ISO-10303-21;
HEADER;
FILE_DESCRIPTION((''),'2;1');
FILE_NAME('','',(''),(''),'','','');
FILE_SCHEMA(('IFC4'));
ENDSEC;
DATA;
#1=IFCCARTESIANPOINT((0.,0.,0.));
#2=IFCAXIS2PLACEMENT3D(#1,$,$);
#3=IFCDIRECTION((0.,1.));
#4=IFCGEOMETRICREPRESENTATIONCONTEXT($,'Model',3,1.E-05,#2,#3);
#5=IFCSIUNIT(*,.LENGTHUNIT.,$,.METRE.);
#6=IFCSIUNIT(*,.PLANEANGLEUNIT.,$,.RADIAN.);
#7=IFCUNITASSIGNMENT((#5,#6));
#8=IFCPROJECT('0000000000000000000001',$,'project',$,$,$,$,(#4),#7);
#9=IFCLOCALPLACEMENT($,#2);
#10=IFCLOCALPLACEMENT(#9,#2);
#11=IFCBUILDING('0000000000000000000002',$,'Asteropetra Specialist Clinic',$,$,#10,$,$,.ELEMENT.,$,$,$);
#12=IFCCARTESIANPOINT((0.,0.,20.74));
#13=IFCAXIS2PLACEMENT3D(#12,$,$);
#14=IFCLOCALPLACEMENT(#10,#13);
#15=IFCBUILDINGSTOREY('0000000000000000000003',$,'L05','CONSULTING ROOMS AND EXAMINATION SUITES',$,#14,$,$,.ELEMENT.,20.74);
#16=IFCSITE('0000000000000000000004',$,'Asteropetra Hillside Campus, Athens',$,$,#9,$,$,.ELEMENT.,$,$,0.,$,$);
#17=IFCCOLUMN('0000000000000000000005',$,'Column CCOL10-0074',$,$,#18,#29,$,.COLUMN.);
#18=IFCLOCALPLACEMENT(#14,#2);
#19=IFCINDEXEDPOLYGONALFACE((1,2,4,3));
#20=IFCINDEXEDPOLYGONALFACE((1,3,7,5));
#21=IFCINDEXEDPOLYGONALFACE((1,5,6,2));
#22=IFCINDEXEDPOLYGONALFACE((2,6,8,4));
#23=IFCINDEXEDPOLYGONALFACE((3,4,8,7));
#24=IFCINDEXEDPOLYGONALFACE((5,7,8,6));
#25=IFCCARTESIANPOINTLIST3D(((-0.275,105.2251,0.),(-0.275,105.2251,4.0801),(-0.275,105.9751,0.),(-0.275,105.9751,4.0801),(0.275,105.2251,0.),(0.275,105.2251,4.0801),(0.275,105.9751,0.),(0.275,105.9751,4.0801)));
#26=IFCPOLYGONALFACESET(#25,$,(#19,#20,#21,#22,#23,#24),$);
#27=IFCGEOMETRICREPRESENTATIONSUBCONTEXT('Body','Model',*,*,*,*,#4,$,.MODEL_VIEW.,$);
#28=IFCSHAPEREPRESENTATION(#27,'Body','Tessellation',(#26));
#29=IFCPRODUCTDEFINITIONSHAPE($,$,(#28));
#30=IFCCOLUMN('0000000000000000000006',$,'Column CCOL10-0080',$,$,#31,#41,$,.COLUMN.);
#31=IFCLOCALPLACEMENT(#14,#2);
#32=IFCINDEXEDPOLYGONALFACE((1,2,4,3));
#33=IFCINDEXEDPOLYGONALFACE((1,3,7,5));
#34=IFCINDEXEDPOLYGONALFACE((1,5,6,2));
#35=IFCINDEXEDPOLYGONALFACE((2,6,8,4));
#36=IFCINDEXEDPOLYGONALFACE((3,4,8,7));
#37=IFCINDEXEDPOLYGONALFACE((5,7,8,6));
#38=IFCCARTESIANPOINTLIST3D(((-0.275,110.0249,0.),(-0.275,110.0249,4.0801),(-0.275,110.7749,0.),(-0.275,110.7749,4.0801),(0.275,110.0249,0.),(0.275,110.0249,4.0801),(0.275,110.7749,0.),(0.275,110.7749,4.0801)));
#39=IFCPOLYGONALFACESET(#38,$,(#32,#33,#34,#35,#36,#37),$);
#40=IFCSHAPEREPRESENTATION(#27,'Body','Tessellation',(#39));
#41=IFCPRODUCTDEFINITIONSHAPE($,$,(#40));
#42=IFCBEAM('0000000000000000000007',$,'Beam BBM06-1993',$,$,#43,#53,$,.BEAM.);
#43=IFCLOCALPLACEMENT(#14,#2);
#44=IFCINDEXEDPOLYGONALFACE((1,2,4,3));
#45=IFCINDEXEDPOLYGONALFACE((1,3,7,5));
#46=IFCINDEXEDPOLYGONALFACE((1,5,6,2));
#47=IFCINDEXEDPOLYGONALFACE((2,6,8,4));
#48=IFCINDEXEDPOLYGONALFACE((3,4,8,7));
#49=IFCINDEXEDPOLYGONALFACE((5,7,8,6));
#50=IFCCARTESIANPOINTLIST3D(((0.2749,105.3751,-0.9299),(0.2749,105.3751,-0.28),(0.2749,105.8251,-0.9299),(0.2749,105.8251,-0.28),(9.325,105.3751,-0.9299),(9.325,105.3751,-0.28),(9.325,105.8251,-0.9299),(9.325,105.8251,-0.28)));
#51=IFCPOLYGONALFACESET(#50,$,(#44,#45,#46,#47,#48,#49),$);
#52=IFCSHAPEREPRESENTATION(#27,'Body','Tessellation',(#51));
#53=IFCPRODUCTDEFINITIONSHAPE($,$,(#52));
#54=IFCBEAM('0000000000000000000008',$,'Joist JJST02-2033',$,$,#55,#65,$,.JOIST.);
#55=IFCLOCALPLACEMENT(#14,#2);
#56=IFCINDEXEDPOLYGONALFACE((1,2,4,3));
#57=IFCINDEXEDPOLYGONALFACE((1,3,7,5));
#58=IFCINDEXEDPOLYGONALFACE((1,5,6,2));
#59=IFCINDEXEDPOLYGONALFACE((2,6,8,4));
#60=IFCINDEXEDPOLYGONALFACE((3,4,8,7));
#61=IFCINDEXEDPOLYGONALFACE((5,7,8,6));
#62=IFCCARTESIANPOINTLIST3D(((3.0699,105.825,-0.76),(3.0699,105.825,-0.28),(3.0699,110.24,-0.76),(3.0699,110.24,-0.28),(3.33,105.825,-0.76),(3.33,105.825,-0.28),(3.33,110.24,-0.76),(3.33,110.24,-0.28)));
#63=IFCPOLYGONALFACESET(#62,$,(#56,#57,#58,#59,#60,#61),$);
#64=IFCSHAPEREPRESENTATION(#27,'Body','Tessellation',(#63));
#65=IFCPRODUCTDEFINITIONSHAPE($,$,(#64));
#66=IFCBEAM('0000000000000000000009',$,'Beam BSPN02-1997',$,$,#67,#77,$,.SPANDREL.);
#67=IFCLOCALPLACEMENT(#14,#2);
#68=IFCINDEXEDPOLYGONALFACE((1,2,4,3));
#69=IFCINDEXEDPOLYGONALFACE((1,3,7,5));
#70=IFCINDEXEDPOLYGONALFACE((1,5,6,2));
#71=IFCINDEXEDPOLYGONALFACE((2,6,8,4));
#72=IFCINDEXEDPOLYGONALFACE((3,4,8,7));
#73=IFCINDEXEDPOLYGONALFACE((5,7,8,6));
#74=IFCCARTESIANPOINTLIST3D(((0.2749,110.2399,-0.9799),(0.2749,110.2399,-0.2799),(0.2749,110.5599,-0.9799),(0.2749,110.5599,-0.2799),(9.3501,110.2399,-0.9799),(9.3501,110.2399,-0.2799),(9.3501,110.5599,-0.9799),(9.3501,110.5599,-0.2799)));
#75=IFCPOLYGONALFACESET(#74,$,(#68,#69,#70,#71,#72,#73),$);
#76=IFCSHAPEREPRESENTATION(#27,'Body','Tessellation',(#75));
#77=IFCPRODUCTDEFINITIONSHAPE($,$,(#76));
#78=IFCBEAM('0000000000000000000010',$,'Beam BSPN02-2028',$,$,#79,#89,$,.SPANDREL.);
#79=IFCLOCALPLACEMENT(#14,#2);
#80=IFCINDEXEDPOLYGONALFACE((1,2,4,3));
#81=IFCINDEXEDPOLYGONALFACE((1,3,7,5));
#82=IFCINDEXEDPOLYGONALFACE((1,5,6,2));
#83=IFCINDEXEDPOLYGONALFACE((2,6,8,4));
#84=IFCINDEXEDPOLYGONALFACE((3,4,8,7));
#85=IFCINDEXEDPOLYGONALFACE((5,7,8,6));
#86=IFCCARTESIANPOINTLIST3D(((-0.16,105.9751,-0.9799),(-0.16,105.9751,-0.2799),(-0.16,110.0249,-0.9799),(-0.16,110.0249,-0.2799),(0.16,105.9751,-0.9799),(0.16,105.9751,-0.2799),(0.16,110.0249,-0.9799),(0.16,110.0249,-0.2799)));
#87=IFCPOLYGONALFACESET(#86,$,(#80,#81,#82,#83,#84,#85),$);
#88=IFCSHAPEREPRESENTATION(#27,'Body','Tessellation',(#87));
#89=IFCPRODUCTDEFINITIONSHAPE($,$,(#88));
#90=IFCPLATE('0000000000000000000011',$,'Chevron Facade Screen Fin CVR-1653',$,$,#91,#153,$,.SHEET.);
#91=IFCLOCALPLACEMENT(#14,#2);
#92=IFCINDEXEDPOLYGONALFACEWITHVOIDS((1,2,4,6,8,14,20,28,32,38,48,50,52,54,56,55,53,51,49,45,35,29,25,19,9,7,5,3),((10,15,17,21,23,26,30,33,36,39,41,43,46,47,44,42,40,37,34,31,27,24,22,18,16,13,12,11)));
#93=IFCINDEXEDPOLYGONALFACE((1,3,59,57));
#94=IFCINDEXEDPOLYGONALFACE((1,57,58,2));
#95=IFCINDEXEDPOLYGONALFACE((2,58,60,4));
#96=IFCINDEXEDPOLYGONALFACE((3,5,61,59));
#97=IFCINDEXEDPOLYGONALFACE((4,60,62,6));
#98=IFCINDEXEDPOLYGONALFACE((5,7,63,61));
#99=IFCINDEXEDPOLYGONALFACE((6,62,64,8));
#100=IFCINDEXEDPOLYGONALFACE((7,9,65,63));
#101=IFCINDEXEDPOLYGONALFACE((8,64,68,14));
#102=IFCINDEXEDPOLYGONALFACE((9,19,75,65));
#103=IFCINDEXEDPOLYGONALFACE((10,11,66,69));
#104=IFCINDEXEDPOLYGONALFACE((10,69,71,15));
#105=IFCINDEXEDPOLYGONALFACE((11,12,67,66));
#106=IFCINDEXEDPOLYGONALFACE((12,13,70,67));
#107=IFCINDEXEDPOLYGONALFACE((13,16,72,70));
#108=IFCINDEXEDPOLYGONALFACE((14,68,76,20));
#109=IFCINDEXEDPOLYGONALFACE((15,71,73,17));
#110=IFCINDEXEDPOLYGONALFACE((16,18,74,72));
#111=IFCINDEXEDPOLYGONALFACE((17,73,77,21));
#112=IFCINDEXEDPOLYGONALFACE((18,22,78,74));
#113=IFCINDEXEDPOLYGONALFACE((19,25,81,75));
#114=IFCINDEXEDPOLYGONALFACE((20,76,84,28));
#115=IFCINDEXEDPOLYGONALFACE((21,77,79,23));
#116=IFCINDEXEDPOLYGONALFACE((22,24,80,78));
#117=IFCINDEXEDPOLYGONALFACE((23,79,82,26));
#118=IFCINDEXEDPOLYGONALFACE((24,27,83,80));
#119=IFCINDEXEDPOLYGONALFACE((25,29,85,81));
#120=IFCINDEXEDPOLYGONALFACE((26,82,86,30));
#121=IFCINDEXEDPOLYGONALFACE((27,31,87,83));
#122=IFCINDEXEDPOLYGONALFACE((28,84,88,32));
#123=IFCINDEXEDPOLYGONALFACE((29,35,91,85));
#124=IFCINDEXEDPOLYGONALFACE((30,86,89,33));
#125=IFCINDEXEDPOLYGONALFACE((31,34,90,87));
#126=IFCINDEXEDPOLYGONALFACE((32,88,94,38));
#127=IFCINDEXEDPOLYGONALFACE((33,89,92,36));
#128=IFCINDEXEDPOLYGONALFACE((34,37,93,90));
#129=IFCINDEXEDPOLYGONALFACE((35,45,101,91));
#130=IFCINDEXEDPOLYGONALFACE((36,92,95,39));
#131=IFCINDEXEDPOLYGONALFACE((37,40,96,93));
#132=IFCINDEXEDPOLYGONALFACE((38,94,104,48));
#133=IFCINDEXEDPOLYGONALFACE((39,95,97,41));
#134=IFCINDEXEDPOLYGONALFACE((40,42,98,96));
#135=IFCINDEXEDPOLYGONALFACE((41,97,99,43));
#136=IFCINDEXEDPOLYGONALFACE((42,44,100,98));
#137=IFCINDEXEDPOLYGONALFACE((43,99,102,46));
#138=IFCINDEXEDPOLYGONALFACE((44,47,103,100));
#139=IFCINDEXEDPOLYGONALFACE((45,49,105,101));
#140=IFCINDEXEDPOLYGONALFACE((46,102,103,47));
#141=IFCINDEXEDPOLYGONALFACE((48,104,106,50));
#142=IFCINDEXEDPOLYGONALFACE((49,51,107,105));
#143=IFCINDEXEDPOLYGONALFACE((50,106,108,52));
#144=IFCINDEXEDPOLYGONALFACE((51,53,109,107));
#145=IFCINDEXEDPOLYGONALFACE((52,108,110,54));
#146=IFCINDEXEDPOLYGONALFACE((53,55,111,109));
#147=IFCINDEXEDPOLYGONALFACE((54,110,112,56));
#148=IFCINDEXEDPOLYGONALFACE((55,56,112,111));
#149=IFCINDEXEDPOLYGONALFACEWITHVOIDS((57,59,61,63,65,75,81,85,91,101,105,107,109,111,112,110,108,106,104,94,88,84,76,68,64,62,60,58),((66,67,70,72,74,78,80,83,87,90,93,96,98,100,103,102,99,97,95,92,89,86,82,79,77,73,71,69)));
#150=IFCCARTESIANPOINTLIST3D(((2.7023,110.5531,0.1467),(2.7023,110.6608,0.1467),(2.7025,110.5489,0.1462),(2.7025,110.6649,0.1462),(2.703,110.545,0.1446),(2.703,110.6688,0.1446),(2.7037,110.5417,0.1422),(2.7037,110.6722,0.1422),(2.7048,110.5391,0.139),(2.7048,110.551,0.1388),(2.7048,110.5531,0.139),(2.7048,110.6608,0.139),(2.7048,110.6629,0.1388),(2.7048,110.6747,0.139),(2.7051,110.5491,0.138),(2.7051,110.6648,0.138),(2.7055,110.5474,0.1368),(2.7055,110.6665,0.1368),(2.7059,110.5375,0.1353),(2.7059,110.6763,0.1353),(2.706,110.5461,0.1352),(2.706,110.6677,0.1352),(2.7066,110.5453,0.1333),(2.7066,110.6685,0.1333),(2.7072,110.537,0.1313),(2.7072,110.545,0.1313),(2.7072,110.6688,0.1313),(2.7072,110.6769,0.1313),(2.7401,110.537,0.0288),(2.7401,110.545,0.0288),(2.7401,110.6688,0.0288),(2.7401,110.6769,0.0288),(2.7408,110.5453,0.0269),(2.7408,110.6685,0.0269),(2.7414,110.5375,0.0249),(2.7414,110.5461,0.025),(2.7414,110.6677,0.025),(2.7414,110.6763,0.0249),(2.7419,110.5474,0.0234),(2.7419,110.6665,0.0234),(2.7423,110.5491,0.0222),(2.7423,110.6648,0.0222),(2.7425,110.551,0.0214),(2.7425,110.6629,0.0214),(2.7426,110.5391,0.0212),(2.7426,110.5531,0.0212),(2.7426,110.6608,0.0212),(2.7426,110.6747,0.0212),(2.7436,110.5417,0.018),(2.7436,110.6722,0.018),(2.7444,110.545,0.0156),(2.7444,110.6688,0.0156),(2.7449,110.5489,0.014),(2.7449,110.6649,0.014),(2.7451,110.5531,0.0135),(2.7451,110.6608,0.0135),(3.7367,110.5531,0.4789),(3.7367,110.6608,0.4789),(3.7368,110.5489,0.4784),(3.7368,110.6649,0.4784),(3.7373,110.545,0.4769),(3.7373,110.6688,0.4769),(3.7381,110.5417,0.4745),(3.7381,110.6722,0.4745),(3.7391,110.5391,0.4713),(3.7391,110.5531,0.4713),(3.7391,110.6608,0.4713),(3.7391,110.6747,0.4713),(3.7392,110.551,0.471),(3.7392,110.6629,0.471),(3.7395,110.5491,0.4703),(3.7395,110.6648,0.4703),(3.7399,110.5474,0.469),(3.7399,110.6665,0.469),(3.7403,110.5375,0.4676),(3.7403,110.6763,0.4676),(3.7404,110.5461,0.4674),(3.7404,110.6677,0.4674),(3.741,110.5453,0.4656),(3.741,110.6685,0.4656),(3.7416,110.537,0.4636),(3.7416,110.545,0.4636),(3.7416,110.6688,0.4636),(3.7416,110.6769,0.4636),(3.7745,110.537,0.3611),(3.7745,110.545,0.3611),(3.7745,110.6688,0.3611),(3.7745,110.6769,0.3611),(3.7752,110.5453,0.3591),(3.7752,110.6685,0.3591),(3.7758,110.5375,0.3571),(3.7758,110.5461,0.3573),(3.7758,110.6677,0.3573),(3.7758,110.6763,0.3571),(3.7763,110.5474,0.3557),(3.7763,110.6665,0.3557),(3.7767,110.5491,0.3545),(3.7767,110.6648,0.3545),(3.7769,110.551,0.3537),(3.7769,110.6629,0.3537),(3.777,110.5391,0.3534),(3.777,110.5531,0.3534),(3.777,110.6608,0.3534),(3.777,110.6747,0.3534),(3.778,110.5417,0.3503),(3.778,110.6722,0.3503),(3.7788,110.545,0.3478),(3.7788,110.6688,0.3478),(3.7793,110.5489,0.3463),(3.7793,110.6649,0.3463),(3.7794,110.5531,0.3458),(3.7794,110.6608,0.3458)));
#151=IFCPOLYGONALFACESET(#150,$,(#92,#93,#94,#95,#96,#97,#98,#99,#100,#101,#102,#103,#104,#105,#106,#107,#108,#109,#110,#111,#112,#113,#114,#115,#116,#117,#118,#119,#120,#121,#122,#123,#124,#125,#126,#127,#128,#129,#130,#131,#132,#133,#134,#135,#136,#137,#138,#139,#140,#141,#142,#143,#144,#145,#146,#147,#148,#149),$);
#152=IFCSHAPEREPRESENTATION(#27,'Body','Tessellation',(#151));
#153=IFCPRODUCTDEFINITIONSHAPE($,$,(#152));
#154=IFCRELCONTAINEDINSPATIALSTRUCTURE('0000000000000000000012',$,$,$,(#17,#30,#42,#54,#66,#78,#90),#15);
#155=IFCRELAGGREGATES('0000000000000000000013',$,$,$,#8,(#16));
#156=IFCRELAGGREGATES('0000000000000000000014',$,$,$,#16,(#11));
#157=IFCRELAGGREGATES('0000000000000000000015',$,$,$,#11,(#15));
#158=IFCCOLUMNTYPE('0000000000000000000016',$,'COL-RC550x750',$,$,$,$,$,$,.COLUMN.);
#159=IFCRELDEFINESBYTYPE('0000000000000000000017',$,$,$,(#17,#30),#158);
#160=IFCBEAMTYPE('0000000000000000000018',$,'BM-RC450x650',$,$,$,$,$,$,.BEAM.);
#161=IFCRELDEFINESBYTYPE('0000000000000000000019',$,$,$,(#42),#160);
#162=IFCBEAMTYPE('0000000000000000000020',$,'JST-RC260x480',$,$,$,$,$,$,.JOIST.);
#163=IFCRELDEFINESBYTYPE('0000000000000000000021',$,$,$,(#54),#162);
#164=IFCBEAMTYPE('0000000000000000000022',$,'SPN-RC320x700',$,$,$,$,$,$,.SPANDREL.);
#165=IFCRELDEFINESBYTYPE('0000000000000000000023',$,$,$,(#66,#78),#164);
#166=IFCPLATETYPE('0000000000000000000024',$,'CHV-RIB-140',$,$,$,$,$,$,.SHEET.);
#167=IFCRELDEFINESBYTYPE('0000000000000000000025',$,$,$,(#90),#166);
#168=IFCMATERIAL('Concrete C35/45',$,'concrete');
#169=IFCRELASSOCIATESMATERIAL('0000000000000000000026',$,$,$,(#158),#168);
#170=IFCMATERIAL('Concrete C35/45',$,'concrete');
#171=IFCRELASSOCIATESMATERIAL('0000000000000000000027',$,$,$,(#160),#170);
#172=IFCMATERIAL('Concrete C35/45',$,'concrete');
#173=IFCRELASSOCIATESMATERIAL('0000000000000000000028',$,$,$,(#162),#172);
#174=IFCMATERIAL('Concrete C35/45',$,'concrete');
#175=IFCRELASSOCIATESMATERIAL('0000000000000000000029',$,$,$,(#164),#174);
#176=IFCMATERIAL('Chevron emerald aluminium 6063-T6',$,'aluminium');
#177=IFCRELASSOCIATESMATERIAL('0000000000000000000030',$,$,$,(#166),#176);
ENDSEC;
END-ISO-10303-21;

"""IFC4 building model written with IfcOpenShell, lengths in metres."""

from ifc_helpers import new_model, si_unit, direction, frame, origin, origin_2d, place, context, subcontext, project, spatial, rectangle, hollow_rectangle, extrude, material, material_profile, profile_set, type_object, element, save


model = new_model("IFC4")

# Units and contexts
model_context = context("Model", 3, precision=1e-05, world=origin(), true_north=direction((0.0, 1.0)))
body_context = subcontext(model_context, "Body", "Model", "MODEL_VIEW")
ifc_project = project(units=[si_unit("LENGTHUNIT", "METRE"), si_unit("PLANEANGLEUNIT", "RADIAN")], contexts=[model_context])

# Site, building, storey
site_placement = place(None, origin())
site = spatial("IfcSite", under=ifc_project, at=site_placement, Name="Asteropetra Hillside Campus, Athens", CompositionType="ELEMENT", RefElevation=0.0)
building_placement = place(site_placement, origin())
building = spatial("IfcBuilding", under=site, at=building_placement, Name="Asteropetra Specialist Clinic", CompositionType="ELEMENT")
storey_placement = place(building_placement, frame((0.0, 0.0, 20.74)))
storey = spatial("IfcBuildingStorey", under=building, at=storey_placement, Name="L05", Description="CONSULTING ROOMS AND EXAMINATION SUITES", CompositionType="ELEMENT", Elevation=20.74)

# Columns
ifc_material_1 = material(Name="Concrete C35/45", Category="concrete")
ifc_material_profile_1 = material_profile(ifc_material_1, rectangle(XDim=0.55, YDim=0.75, at=origin_2d()), Name="RC 550x750")
ifc_profile_set_1 = profile_set([ifc_material_profile_1], Name="Concrete C35/45")
column_type = type_object("IfcColumnType", Name="COL-RC550x750", PredefinedType="COLUMN", material=ifc_profile_set_1)
for number, where, z_axis, x_axis, name in (
    (1, (0.0, 105.6001, 0.0), (0.0, 0.0, 1.0), (1.0, 0.0, 0.0), "Column CCOL10-0074"),
    (2, (0.0, 110.3999, 0.0), (0.0, 0.0, 1.0), (1.0, 0.0, 0.0), "Column CCOL10-0080"),
):
    element("IfcColumn", number, at=place(storey_placement, frame(where, z_axis=z_axis, x_axis=x_axis)), inside=storey, type_object=column_type, Name=name, PredefinedType="COLUMN", context=body_context, shape_type="SweptSolid", body=[
        extrude(rectangle(XDim=0.55, YDim=0.75, at=origin_2d()), origin(), (0.0, 0.0, 1.0), 4.0801),
    ])

# Beams
ifc_material_2 = material(Name="Concrete C35/45", Category="concrete")
ifc_material_profile_2 = material_profile(ifc_material_2, rectangle(XDim=0.45, YDim=0.6499, at=origin_2d()), Name="RCB 450x650")
ifc_profile_set_2 = profile_set([ifc_material_profile_2], Name="Concrete C35/45")
beam_type_1 = type_object("IfcBeamType", Name="BM-RC450x650", PredefinedType="BEAM", material=ifc_profile_set_2)
beam_1_placement = place(storey_placement, frame((0.2749, 105.6001, -0.605), z_axis=(1.0, 0.0, 0.0), x_axis=(0.0, 1.0, 0.0)))
element("IfcBeam", 3, at=beam_1_placement, inside=storey, type_object=beam_type_1, Name="Beam BBM06-1993", PredefinedType="BEAM", context=body_context, shape_type="SweptSolid", body=[
    extrude(rectangle(XDim=0.45, YDim=0.6499, at=origin_2d()), origin(), (0.0, 0.0, 1.0), 9.05),
])
ifc_material_3 = material(Name="Concrete C35/45", Category="concrete")
ifc_material_profile_3 = material_profile(ifc_material_3, rectangle(XDim=0.26, YDim=0.48, at=origin_2d()), Name="RCJ 260x480")
ifc_profile_set_3 = profile_set([ifc_material_profile_3], Name="Concrete C35/45")
beam_type_2 = type_object("IfcBeamType", Name="JST-RC260x480", PredefinedType="JOIST", material=ifc_profile_set_3)
beam_2_placement = place(storey_placement, frame((3.2, 105.825, -0.52), z_axis=(0.0, 1.0, 0.0), x_axis=(-1.0, 0.0, 0.0)))
element("IfcBeam", 4, at=beam_2_placement, inside=storey, type_object=beam_type_2, Name="Joist JJST02-2033", PredefinedType="JOIST", context=body_context, shape_type="SweptSolid", body=[
    extrude(rectangle(XDim=0.26, YDim=0.48, at=origin_2d()), origin(), (0.0, 0.0, 1.0), 4.415),
])
ifc_material_4 = material(Name="Concrete C35/45", Category="concrete")
ifc_material_profile_4 = material_profile(ifc_material_4, rectangle(XDim=0.3201, YDim=0.7, at=origin_2d()), Name="RCS 320x700")
ifc_profile_set_4 = profile_set([ifc_material_profile_4], Name="Concrete C35/45")
beam_type_3 = type_object("IfcBeamType", Name="SPN-RC320x700", PredefinedType="SPANDREL", material=ifc_profile_set_4)
beam_3_placement = place(storey_placement, frame((0.2749, 110.3999, -0.6299), z_axis=(1.0, 0.0, 0.0), x_axis=(0.0, 1.0, 0.0)))
element("IfcBeam", 5, at=beam_3_placement, inside=storey, type_object=beam_type_3, Name="Beam BSPN02-1997", PredefinedType="SPANDREL", context=body_context, shape_type="SweptSolid", body=[
    extrude(rectangle(XDim=0.3201, YDim=0.7, at=origin_2d()), origin(), (0.0, 0.0, 1.0), 9.0752),
])
beam_4_placement = place(storey_placement, frame((0.0, 105.9751, -0.6299), z_axis=(0.0, 1.0, 0.0), x_axis=(-1.0, 0.0, 0.0)))
element("IfcBeam", 6, at=beam_4_placement, inside=storey, type_object=beam_type_3, Name="Beam BSPN02-2028", PredefinedType="SPANDREL", context=body_context, shape_type="SweptSolid", body=[
    extrude(rectangle(XDim=0.3201, YDim=0.7, at=origin_2d()), origin(), (0.0, 0.0, 1.0), 4.0498),
])

# Plate
ifc_material_5 = material(Name="Chevron emerald aluminium 6063-T6", Category="aluminium")
ifc_material_profile_5 = material_profile(ifc_material_5, hollow_rectangle(XDim=0.1399, YDim=0.1399, WallThickness=0.0081, InnerFilletRadius=0.0081, OuterFilletRadius=0.0161, at=origin_2d()), Name="SHS 140x140x8.0")
ifc_profile_set_5 = profile_set([ifc_material_profile_5], Name="Chevron emerald aluminium 6063-T6")
plate_type = type_object("IfcPlateType", Name="CHV-RIB-140", PredefinedType="SHEET", material=ifc_profile_set_5)
plate_placement = place(storey_placement, frame((3.7581, 110.6069, 0.4124), z_axis=(-0.952087, 0.0, -0.305827), x_axis=(0.0, -1.0, 0.0)))
element("IfcPlate", 7, at=plate_placement, inside=storey, type_object=plate_type, Name="Chevron Facade Screen Fin CVR-1653", PredefinedType="SHEET", context=body_context, shape_type="SweptSolid", body=[
    extrude(hollow_rectangle(XDim=0.1399, YDim=0.1399, WallThickness=0.0081, InnerFilletRadius=0.0081, OuterFilletRadius=0.0161, at=origin_2d()), origin(), (0.0, 0.0, 1.0), 1.0864),
])

save(model, "model.ifc")
